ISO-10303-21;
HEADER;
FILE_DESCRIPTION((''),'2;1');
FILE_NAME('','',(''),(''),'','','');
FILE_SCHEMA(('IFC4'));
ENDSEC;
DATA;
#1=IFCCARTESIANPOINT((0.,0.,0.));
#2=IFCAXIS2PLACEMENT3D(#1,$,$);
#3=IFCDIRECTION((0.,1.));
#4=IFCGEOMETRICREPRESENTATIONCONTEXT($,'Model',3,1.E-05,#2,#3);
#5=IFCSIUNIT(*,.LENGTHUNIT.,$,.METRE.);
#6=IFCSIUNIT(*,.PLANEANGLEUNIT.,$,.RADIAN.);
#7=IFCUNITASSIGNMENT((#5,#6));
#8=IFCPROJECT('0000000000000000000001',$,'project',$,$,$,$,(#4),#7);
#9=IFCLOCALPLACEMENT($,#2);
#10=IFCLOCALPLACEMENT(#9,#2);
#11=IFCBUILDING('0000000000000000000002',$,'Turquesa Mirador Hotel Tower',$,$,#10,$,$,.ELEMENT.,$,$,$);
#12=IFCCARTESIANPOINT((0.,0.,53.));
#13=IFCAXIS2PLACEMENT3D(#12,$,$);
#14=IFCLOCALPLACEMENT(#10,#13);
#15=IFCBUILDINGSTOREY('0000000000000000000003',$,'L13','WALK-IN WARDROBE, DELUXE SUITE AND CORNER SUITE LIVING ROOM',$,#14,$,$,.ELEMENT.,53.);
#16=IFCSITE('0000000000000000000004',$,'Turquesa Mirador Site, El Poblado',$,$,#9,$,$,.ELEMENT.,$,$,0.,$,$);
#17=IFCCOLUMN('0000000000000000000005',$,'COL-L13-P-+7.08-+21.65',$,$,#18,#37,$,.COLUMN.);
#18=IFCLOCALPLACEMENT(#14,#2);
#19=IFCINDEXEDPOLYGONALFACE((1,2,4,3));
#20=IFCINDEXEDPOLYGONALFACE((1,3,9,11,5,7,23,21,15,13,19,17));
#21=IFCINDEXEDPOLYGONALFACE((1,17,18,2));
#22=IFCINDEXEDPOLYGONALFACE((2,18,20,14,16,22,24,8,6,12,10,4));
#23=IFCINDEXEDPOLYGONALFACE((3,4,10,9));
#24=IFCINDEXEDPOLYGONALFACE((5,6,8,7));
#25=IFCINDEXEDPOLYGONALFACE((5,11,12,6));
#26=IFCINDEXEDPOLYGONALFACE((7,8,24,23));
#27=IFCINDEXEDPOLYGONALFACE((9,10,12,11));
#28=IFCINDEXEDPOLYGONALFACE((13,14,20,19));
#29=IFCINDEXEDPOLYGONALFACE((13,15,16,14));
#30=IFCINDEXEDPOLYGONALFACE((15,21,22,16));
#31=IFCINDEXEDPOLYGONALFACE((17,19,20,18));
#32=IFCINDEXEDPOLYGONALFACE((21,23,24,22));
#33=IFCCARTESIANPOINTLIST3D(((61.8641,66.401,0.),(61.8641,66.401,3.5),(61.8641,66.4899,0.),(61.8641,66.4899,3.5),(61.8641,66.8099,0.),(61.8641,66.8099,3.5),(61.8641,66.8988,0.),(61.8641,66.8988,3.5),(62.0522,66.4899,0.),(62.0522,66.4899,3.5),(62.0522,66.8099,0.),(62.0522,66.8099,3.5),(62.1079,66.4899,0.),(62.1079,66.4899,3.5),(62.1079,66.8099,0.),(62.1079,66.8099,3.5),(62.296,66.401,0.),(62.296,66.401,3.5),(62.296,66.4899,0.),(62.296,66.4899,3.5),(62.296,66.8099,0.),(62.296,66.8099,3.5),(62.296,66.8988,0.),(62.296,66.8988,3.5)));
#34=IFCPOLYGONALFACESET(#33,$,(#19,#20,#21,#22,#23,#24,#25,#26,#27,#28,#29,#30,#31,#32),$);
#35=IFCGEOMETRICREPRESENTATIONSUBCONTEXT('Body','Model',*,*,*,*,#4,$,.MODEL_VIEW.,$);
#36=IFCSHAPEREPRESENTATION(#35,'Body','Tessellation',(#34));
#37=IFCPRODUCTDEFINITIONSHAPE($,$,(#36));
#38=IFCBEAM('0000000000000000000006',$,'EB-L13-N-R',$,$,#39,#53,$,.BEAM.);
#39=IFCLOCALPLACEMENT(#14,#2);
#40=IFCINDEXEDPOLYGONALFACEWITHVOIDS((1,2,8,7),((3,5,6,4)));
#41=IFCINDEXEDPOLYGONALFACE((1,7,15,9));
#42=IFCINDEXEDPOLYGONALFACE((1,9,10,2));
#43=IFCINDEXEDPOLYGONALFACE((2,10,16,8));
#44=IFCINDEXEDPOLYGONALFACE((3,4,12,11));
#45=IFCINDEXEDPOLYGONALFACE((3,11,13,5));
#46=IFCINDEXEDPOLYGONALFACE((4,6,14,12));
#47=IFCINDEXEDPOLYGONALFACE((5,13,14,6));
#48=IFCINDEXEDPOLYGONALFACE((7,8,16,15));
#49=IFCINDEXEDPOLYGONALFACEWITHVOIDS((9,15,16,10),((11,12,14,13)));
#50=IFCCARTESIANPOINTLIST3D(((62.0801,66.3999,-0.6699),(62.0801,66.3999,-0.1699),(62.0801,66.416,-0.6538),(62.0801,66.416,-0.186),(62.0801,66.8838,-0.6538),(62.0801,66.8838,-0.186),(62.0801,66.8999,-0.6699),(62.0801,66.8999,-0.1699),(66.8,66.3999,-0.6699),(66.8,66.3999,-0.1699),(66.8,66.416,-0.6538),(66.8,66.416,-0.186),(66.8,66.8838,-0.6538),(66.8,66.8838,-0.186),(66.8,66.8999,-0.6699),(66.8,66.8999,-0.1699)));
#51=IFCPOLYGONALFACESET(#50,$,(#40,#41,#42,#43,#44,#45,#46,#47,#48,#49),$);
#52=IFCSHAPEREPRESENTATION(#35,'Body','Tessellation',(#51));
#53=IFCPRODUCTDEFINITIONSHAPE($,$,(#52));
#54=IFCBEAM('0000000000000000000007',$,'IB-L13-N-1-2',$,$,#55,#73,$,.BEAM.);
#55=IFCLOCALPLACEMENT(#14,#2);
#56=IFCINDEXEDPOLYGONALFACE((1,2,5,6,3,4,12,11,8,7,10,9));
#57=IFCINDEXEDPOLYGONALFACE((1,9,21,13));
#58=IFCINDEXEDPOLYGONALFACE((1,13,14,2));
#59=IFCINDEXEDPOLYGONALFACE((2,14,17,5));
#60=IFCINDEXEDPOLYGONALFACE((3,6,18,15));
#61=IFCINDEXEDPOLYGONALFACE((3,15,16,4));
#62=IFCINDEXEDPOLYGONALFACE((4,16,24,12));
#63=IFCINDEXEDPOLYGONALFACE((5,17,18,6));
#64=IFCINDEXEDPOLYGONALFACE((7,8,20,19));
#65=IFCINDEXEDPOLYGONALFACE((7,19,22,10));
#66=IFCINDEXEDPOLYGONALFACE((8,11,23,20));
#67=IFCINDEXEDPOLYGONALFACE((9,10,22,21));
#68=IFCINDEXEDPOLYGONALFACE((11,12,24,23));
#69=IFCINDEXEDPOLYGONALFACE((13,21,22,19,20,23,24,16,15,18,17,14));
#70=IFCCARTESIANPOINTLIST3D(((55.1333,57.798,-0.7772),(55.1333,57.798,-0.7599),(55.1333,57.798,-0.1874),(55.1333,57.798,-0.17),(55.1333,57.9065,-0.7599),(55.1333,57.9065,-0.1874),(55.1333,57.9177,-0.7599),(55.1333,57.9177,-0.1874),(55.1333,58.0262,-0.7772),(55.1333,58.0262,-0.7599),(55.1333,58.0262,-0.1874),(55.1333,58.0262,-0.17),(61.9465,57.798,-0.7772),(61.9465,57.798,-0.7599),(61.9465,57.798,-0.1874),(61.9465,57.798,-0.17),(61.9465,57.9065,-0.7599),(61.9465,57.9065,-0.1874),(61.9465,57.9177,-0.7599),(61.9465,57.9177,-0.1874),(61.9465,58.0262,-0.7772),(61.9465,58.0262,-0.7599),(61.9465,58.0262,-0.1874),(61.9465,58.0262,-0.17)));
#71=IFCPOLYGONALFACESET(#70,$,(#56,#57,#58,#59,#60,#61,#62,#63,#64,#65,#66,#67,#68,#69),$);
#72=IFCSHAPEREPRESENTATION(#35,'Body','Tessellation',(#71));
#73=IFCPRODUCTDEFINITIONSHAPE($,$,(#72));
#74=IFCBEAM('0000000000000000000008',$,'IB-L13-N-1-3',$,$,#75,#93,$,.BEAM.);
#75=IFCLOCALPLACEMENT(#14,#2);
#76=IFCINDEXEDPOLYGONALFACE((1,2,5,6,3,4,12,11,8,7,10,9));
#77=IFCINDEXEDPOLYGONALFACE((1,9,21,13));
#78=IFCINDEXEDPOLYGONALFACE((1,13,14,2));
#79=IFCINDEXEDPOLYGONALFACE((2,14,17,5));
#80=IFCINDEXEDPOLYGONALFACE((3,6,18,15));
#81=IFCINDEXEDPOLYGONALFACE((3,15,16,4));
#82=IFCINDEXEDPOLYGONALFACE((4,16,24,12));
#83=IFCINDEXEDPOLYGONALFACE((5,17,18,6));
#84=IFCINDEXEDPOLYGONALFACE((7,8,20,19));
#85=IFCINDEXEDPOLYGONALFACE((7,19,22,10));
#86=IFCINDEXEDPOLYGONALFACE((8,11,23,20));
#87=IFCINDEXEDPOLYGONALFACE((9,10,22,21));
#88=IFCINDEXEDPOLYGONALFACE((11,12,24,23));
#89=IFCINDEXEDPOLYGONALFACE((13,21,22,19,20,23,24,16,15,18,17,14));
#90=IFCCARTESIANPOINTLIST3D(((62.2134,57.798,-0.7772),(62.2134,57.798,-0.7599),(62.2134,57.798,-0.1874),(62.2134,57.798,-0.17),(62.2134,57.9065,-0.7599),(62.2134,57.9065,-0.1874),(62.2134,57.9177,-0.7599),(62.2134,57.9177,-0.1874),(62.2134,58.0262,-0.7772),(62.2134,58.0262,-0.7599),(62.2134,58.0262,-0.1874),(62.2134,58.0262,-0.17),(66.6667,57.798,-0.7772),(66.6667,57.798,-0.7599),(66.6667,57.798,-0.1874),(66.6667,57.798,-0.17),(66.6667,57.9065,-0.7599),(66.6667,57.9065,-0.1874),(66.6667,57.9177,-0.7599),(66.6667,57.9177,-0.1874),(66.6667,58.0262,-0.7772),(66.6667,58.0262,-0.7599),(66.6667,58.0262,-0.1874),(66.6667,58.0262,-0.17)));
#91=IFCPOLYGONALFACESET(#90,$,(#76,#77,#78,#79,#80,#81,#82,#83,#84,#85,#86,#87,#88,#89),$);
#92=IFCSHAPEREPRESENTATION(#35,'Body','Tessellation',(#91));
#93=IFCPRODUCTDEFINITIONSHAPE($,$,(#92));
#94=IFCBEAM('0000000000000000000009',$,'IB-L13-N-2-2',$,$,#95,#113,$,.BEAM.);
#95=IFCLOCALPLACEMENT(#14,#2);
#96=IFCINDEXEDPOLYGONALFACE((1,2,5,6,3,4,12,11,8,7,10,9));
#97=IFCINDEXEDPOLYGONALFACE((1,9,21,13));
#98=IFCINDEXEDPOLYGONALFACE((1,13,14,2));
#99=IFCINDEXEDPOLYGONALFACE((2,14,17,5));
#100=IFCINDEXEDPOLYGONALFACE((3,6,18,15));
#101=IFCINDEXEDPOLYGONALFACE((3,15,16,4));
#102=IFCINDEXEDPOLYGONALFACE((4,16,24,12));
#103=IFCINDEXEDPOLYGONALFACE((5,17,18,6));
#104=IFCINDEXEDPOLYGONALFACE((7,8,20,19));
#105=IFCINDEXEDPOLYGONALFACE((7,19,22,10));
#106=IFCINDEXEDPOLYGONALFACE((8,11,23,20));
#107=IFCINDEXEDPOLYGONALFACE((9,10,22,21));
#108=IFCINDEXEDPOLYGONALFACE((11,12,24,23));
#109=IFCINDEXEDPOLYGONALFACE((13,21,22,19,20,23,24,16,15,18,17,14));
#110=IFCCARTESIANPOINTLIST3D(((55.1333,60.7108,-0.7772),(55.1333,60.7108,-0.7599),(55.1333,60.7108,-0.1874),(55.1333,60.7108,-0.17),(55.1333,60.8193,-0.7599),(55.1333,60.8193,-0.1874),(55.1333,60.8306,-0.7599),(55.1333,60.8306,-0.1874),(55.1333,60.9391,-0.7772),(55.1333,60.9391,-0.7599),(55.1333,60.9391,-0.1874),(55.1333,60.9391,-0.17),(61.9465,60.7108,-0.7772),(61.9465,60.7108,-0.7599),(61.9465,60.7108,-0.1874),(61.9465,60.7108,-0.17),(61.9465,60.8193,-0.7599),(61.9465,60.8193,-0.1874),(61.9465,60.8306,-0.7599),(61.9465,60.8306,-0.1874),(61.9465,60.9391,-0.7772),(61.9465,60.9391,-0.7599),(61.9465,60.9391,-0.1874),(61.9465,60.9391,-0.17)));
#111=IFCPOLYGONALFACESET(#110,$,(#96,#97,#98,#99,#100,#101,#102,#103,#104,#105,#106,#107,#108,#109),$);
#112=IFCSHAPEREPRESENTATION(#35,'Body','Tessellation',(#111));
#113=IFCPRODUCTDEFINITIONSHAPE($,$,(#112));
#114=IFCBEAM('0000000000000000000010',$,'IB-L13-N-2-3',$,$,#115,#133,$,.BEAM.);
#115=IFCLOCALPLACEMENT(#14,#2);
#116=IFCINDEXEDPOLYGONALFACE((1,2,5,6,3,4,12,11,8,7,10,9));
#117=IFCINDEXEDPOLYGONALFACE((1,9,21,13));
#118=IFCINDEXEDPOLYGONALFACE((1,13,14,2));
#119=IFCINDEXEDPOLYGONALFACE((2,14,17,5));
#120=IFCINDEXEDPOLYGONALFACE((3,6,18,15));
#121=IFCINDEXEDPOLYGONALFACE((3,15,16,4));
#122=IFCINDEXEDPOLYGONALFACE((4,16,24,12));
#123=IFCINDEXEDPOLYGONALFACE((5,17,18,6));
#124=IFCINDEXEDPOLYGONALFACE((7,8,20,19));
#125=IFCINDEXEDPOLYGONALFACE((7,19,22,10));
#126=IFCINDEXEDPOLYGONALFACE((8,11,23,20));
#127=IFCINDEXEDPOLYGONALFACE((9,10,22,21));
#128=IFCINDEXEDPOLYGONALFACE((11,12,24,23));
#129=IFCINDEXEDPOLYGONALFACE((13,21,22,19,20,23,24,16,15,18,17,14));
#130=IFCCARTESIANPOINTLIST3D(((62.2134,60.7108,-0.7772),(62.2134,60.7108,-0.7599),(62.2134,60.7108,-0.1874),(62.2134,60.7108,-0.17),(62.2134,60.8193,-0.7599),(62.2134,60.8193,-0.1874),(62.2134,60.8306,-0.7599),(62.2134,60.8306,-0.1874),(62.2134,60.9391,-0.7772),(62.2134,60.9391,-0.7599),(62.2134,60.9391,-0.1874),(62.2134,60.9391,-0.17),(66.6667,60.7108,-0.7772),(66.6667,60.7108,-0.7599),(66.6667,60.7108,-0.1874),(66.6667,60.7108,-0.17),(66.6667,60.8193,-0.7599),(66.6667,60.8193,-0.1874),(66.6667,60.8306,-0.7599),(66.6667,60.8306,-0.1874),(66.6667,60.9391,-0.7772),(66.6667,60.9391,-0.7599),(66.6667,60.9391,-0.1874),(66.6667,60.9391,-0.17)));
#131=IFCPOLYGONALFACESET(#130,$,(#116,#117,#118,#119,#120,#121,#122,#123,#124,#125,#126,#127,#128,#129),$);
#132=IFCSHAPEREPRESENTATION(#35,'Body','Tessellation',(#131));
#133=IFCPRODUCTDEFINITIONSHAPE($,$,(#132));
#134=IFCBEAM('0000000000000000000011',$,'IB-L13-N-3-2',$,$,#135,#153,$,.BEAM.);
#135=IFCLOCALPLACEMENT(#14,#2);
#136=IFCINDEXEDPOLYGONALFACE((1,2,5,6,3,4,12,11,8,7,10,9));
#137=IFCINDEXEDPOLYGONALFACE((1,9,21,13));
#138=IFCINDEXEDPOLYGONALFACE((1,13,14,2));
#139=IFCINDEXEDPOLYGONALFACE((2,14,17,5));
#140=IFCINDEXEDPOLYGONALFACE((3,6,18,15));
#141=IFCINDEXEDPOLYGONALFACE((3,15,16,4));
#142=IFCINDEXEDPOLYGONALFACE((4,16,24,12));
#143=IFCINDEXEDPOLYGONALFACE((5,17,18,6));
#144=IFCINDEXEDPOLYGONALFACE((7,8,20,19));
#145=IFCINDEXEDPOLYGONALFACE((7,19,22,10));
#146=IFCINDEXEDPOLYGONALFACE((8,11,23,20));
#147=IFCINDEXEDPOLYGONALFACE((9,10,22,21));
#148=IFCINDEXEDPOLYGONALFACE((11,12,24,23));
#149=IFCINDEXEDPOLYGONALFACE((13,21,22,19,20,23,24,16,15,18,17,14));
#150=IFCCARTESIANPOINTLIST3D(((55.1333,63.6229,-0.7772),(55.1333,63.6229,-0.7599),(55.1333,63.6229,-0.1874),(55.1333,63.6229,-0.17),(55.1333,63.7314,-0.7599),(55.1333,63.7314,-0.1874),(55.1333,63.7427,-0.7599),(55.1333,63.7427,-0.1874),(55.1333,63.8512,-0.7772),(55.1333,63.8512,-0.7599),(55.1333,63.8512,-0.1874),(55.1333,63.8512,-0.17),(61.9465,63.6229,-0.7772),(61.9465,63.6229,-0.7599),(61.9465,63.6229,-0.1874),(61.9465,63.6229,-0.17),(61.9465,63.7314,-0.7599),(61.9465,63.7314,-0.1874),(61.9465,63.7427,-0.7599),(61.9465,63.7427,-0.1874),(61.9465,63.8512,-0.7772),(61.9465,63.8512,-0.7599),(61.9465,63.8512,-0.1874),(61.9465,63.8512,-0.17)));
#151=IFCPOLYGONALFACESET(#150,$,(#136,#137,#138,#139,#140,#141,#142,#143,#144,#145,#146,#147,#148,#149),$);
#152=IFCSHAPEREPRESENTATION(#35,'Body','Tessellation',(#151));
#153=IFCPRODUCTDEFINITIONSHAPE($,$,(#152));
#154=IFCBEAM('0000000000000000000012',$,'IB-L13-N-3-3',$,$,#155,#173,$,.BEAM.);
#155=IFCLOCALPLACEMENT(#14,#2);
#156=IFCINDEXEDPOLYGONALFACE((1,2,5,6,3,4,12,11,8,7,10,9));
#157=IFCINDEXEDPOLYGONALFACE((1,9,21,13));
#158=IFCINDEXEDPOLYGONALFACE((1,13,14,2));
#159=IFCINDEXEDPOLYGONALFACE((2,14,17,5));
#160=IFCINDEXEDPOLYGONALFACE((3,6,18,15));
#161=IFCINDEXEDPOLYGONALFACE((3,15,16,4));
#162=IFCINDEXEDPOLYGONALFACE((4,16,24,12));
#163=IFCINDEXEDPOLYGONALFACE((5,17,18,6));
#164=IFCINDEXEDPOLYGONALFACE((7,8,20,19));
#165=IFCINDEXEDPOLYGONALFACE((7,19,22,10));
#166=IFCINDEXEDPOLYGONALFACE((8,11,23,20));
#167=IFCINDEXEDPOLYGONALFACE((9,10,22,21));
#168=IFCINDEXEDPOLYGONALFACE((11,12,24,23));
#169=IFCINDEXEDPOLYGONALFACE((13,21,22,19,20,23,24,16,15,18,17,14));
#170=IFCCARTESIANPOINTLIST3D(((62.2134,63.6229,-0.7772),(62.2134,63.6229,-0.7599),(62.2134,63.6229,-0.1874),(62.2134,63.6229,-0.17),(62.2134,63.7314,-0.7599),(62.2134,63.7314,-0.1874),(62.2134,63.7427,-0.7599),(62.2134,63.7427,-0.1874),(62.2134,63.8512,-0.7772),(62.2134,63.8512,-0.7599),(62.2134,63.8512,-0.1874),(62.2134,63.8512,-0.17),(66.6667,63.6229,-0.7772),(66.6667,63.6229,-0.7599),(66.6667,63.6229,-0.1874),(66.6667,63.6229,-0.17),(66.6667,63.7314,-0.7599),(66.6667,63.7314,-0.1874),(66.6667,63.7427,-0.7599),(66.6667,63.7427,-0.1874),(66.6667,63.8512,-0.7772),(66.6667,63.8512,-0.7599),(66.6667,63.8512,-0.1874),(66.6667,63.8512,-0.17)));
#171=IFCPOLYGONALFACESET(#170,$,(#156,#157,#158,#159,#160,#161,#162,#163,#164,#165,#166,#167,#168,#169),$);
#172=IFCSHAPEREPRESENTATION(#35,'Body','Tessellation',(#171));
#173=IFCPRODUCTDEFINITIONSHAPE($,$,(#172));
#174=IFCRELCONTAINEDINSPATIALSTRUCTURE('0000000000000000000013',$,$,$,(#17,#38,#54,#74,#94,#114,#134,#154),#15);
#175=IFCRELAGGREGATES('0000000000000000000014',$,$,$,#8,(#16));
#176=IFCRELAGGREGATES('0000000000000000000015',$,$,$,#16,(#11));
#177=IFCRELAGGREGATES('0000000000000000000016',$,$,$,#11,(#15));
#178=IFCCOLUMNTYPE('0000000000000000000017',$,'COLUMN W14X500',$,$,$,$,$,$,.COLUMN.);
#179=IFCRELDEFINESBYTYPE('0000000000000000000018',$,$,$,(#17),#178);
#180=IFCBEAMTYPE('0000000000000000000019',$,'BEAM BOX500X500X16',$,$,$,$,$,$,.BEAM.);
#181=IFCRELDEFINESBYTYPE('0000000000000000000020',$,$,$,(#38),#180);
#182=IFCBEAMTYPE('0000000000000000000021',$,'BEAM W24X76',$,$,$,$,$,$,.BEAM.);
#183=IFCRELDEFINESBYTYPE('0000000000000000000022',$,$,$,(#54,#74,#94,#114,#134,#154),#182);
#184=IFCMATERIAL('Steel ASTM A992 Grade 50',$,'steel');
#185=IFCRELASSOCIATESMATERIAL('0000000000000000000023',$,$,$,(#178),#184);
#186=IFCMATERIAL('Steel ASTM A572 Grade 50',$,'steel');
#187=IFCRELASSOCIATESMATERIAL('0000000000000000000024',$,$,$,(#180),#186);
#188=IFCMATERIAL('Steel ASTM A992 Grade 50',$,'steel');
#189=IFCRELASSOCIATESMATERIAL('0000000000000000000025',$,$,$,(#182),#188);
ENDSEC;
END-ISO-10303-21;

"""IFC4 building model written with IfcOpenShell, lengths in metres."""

from ifc_helpers import new_model, si_unit, direction, frame, origin, origin_2d, place, context, subcontext, project, spatial, hollow_rectangle, i_section, extrude, material, material_profile, profile_set, type_object, element, save


model = new_model("IFC4")

# Units and contexts
model_context = context("Model", 3, precision=1e-05, world=origin(), true_north=direction((0.0, 1.0)))
body_context = subcontext(model_context, "Body", "Model", "MODEL_VIEW")
ifc_project = project(units=[si_unit("LENGTHUNIT", "METRE"), si_unit("PLANEANGLEUNIT", "RADIAN")], contexts=[model_context])

# Site, building, storey
site_placement = place(None, origin())
site = spatial("IfcSite", under=ifc_project, at=site_placement, Name="Turquesa Mirador Site, El Poblado", CompositionType="ELEMENT", RefElevation=0.0)
building_placement = place(site_placement, origin())
building = spatial("IfcBuilding", under=site, at=building_placement, Name="Turquesa Mirador Hotel Tower", CompositionType="ELEMENT")
storey_placement = place(building_placement, frame((0.0, 0.0, 53.0)))
storey = spatial("IfcBuildingStorey", under=building, at=storey_placement, Name="L13", Description="WALK-IN WARDROBE, DELUXE SUITE AND CORNER SUITE LIVING ROOM", CompositionType="ELEMENT", Elevation=53.0)

# Column
ifc_material_1 = material(Name="Steel ASTM A992 Grade 50", Category="steel")
ifc_material_profile_1 = material_profile(ifc_material_1, i_section(OverallWidth=0.4319, OverallDepth=0.4978, WebThickness=0.0557, FlangeThickness=0.0889, at=origin_2d()), Name="W14X500")
ifc_profile_set_1 = profile_set([ifc_material_profile_1], Name="Steel ASTM A992 Grade 50")
column_type = type_object("IfcColumnType", Name="COLUMN W14X500", PredefinedType="COLUMN", material=ifc_profile_set_1)
column_placement = place(storey_placement, frame((62.0801, 66.6499, 0.0), z_axis=(0.0, 0.0, 1.0), x_axis=(1.0, 0.0, 0.0)))
element("IfcColumn", 1, at=column_placement, inside=storey, type_object=column_type, Name="COL-L13-P-+7.08-+21.65", PredefinedType="COLUMN", context=body_context, shape_type="SweptSolid", body=[
    extrude(i_section(OverallWidth=0.4319, OverallDepth=0.4978, WebThickness=0.0557, FlangeThickness=0.0889, at=origin_2d()), origin(), (0.0, 0.0, 1.0), 3.5),
])

# Beams
ifc_material_2 = material(Name="Steel ASTM A572 Grade 50", Category="steel")
ifc_material_profile_2 = material_profile(ifc_material_2, hollow_rectangle(XDim=0.5, YDim=0.5, WallThickness=0.0161, at=origin_2d()), Name="BOX500X500X16")
ifc_profile_set_2 = profile_set([ifc_material_profile_2], Name="Steel ASTM A572 Grade 50")
beam_type_1 = type_object("IfcBeamType", Name="BEAM BOX500X500X16", PredefinedType="BEAM", material=ifc_profile_set_2)
beam_1_placement = place(storey_placement, frame((62.0801, 66.6499, -0.4199), z_axis=(1.0, 0.0, 0.0), x_axis=(0.0, 1.0, 0.0)))
element("IfcBeam", 2, at=beam_1_placement, inside=storey, type_object=beam_type_1, Name="EB-L13-N-R", PredefinedType="BEAM", context=body_context, shape_type="SweptSolid", body=[
    extrude(hollow_rectangle(XDim=0.5, YDim=0.5, WallThickness=0.0161, at=origin_2d()), origin(), (0.0, 0.0, 1.0), 4.72),
])
ifc_material_3 = material(Name="Steel ASTM A992 Grade 50", Category="steel")
ifc_material_profile_3 = material_profile(ifc_material_3, i_section(OverallWidth=0.2283, OverallDepth=0.6072, WebThickness=0.0112, FlangeThickness=0.0173, at=origin_2d()), Name="W24X76")
ifc_profile_set_3 = profile_set([ifc_material_profile_3], Name="Steel ASTM A992 Grade 50")
beam_type_2 = type_object("IfcBeamType", Name="BEAM W24X76", PredefinedType="BEAM", material=ifc_profile_set_3)
beam_2_placement = place(storey_placement, frame((55.1333, 57.9121, -0.4736), z_axis=(1.0, 0.0, 0.0), x_axis=(0.0, 1.0, 0.0)))
element("IfcBeam", 3, at=beam_2_placement, inside=storey, type_object=beam_type_2, Name="IB-L13-N-1-2", PredefinedType="BEAM", context=body_context, shape_type="SweptSolid", body=[
    extrude(i_section(OverallWidth=0.2283, OverallDepth=0.6072, WebThickness=0.0112, FlangeThickness=0.0173, at=origin_2d()), origin(), (0.0, 0.0, 1.0), 6.8132),
])
beam_3_placement = place(storey_placement, frame((62.2134, 57.9121, -0.4736), z_axis=(1.0, 0.0, 0.0), x_axis=(0.0, 1.0, 0.0)))
element("IfcBeam", 4, at=beam_3_placement, inside=storey, type_object=beam_type_2, Name="IB-L13-N-1-3", PredefinedType="BEAM", context=body_context, shape_type="SweptSolid", body=[
    extrude(i_section(OverallWidth=0.2283, OverallDepth=0.6072, WebThickness=0.0112, FlangeThickness=0.0173, at=origin_2d()), origin(), (0.0, 0.0, 1.0), 4.4534),
])
beam_4_placement = place(storey_placement, frame((55.1333, 60.825, -0.4736), z_axis=(1.0, 0.0, 0.0), x_axis=(0.0, 1.0, 0.0)))
element("IfcBeam", 5, at=beam_4_placement, inside=storey, type_object=beam_type_2, Name="IB-L13-N-2-2", PredefinedType="BEAM", context=body_context, shape_type="SweptSolid", body=[
    extrude(i_section(OverallWidth=0.2283, OverallDepth=0.6072, WebThickness=0.0112, FlangeThickness=0.0173, at=origin_2d()), origin(), (0.0, 0.0, 1.0), 6.8132),
])
beam_5_placement = place(storey_placement, frame((62.2134, 60.825, -0.4736), z_axis=(1.0, 0.0, 0.0), x_axis=(0.0, 1.0, 0.0)))
element("IfcBeam", 6, at=beam_5_placement, inside=storey, type_object=beam_type_2, Name="IB-L13-N-2-3", PredefinedType="BEAM", context=body_context, shape_type="SweptSolid", body=[
    extrude(i_section(OverallWidth=0.2283, OverallDepth=0.6072, WebThickness=0.0112, FlangeThickness=0.0173, at=origin_2d()), origin(), (0.0, 0.0, 1.0), 4.4534),
])
beam_6_placement = place(storey_placement, frame((55.1333, 63.7371, -0.4736), z_axis=(1.0, 0.0, 0.0), x_axis=(0.0, 1.0, 0.0)))
element("IfcBeam", 7, at=beam_6_placement, inside=storey, type_object=beam_type_2, Name="IB-L13-N-3-2", PredefinedType="BEAM", context=body_context, shape_type="SweptSolid", body=[
    extrude(i_section(OverallWidth=0.2283, OverallDepth=0.6072, WebThickness=0.0112, FlangeThickness=0.0173, at=origin_2d()), origin(), (0.0, 0.0, 1.0), 6.8132),
])
beam_7_placement = place(storey_placement, frame((62.2134, 63.7371, -0.4736), z_axis=(1.0, 0.0, 0.0), x_axis=(0.0, 1.0, 0.0)))
element("IfcBeam", 8, at=beam_7_placement, inside=storey, type_object=beam_type_2, Name="IB-L13-N-3-3", PredefinedType="BEAM", context=body_context, shape_type="SweptSolid", body=[
    extrude(i_section(OverallWidth=0.2283, OverallDepth=0.6072, WebThickness=0.0112, FlangeThickness=0.0173, at=origin_2d()), origin(), (0.0, 0.0, 1.0), 4.4534),
])

save(model, "model.ifc")
